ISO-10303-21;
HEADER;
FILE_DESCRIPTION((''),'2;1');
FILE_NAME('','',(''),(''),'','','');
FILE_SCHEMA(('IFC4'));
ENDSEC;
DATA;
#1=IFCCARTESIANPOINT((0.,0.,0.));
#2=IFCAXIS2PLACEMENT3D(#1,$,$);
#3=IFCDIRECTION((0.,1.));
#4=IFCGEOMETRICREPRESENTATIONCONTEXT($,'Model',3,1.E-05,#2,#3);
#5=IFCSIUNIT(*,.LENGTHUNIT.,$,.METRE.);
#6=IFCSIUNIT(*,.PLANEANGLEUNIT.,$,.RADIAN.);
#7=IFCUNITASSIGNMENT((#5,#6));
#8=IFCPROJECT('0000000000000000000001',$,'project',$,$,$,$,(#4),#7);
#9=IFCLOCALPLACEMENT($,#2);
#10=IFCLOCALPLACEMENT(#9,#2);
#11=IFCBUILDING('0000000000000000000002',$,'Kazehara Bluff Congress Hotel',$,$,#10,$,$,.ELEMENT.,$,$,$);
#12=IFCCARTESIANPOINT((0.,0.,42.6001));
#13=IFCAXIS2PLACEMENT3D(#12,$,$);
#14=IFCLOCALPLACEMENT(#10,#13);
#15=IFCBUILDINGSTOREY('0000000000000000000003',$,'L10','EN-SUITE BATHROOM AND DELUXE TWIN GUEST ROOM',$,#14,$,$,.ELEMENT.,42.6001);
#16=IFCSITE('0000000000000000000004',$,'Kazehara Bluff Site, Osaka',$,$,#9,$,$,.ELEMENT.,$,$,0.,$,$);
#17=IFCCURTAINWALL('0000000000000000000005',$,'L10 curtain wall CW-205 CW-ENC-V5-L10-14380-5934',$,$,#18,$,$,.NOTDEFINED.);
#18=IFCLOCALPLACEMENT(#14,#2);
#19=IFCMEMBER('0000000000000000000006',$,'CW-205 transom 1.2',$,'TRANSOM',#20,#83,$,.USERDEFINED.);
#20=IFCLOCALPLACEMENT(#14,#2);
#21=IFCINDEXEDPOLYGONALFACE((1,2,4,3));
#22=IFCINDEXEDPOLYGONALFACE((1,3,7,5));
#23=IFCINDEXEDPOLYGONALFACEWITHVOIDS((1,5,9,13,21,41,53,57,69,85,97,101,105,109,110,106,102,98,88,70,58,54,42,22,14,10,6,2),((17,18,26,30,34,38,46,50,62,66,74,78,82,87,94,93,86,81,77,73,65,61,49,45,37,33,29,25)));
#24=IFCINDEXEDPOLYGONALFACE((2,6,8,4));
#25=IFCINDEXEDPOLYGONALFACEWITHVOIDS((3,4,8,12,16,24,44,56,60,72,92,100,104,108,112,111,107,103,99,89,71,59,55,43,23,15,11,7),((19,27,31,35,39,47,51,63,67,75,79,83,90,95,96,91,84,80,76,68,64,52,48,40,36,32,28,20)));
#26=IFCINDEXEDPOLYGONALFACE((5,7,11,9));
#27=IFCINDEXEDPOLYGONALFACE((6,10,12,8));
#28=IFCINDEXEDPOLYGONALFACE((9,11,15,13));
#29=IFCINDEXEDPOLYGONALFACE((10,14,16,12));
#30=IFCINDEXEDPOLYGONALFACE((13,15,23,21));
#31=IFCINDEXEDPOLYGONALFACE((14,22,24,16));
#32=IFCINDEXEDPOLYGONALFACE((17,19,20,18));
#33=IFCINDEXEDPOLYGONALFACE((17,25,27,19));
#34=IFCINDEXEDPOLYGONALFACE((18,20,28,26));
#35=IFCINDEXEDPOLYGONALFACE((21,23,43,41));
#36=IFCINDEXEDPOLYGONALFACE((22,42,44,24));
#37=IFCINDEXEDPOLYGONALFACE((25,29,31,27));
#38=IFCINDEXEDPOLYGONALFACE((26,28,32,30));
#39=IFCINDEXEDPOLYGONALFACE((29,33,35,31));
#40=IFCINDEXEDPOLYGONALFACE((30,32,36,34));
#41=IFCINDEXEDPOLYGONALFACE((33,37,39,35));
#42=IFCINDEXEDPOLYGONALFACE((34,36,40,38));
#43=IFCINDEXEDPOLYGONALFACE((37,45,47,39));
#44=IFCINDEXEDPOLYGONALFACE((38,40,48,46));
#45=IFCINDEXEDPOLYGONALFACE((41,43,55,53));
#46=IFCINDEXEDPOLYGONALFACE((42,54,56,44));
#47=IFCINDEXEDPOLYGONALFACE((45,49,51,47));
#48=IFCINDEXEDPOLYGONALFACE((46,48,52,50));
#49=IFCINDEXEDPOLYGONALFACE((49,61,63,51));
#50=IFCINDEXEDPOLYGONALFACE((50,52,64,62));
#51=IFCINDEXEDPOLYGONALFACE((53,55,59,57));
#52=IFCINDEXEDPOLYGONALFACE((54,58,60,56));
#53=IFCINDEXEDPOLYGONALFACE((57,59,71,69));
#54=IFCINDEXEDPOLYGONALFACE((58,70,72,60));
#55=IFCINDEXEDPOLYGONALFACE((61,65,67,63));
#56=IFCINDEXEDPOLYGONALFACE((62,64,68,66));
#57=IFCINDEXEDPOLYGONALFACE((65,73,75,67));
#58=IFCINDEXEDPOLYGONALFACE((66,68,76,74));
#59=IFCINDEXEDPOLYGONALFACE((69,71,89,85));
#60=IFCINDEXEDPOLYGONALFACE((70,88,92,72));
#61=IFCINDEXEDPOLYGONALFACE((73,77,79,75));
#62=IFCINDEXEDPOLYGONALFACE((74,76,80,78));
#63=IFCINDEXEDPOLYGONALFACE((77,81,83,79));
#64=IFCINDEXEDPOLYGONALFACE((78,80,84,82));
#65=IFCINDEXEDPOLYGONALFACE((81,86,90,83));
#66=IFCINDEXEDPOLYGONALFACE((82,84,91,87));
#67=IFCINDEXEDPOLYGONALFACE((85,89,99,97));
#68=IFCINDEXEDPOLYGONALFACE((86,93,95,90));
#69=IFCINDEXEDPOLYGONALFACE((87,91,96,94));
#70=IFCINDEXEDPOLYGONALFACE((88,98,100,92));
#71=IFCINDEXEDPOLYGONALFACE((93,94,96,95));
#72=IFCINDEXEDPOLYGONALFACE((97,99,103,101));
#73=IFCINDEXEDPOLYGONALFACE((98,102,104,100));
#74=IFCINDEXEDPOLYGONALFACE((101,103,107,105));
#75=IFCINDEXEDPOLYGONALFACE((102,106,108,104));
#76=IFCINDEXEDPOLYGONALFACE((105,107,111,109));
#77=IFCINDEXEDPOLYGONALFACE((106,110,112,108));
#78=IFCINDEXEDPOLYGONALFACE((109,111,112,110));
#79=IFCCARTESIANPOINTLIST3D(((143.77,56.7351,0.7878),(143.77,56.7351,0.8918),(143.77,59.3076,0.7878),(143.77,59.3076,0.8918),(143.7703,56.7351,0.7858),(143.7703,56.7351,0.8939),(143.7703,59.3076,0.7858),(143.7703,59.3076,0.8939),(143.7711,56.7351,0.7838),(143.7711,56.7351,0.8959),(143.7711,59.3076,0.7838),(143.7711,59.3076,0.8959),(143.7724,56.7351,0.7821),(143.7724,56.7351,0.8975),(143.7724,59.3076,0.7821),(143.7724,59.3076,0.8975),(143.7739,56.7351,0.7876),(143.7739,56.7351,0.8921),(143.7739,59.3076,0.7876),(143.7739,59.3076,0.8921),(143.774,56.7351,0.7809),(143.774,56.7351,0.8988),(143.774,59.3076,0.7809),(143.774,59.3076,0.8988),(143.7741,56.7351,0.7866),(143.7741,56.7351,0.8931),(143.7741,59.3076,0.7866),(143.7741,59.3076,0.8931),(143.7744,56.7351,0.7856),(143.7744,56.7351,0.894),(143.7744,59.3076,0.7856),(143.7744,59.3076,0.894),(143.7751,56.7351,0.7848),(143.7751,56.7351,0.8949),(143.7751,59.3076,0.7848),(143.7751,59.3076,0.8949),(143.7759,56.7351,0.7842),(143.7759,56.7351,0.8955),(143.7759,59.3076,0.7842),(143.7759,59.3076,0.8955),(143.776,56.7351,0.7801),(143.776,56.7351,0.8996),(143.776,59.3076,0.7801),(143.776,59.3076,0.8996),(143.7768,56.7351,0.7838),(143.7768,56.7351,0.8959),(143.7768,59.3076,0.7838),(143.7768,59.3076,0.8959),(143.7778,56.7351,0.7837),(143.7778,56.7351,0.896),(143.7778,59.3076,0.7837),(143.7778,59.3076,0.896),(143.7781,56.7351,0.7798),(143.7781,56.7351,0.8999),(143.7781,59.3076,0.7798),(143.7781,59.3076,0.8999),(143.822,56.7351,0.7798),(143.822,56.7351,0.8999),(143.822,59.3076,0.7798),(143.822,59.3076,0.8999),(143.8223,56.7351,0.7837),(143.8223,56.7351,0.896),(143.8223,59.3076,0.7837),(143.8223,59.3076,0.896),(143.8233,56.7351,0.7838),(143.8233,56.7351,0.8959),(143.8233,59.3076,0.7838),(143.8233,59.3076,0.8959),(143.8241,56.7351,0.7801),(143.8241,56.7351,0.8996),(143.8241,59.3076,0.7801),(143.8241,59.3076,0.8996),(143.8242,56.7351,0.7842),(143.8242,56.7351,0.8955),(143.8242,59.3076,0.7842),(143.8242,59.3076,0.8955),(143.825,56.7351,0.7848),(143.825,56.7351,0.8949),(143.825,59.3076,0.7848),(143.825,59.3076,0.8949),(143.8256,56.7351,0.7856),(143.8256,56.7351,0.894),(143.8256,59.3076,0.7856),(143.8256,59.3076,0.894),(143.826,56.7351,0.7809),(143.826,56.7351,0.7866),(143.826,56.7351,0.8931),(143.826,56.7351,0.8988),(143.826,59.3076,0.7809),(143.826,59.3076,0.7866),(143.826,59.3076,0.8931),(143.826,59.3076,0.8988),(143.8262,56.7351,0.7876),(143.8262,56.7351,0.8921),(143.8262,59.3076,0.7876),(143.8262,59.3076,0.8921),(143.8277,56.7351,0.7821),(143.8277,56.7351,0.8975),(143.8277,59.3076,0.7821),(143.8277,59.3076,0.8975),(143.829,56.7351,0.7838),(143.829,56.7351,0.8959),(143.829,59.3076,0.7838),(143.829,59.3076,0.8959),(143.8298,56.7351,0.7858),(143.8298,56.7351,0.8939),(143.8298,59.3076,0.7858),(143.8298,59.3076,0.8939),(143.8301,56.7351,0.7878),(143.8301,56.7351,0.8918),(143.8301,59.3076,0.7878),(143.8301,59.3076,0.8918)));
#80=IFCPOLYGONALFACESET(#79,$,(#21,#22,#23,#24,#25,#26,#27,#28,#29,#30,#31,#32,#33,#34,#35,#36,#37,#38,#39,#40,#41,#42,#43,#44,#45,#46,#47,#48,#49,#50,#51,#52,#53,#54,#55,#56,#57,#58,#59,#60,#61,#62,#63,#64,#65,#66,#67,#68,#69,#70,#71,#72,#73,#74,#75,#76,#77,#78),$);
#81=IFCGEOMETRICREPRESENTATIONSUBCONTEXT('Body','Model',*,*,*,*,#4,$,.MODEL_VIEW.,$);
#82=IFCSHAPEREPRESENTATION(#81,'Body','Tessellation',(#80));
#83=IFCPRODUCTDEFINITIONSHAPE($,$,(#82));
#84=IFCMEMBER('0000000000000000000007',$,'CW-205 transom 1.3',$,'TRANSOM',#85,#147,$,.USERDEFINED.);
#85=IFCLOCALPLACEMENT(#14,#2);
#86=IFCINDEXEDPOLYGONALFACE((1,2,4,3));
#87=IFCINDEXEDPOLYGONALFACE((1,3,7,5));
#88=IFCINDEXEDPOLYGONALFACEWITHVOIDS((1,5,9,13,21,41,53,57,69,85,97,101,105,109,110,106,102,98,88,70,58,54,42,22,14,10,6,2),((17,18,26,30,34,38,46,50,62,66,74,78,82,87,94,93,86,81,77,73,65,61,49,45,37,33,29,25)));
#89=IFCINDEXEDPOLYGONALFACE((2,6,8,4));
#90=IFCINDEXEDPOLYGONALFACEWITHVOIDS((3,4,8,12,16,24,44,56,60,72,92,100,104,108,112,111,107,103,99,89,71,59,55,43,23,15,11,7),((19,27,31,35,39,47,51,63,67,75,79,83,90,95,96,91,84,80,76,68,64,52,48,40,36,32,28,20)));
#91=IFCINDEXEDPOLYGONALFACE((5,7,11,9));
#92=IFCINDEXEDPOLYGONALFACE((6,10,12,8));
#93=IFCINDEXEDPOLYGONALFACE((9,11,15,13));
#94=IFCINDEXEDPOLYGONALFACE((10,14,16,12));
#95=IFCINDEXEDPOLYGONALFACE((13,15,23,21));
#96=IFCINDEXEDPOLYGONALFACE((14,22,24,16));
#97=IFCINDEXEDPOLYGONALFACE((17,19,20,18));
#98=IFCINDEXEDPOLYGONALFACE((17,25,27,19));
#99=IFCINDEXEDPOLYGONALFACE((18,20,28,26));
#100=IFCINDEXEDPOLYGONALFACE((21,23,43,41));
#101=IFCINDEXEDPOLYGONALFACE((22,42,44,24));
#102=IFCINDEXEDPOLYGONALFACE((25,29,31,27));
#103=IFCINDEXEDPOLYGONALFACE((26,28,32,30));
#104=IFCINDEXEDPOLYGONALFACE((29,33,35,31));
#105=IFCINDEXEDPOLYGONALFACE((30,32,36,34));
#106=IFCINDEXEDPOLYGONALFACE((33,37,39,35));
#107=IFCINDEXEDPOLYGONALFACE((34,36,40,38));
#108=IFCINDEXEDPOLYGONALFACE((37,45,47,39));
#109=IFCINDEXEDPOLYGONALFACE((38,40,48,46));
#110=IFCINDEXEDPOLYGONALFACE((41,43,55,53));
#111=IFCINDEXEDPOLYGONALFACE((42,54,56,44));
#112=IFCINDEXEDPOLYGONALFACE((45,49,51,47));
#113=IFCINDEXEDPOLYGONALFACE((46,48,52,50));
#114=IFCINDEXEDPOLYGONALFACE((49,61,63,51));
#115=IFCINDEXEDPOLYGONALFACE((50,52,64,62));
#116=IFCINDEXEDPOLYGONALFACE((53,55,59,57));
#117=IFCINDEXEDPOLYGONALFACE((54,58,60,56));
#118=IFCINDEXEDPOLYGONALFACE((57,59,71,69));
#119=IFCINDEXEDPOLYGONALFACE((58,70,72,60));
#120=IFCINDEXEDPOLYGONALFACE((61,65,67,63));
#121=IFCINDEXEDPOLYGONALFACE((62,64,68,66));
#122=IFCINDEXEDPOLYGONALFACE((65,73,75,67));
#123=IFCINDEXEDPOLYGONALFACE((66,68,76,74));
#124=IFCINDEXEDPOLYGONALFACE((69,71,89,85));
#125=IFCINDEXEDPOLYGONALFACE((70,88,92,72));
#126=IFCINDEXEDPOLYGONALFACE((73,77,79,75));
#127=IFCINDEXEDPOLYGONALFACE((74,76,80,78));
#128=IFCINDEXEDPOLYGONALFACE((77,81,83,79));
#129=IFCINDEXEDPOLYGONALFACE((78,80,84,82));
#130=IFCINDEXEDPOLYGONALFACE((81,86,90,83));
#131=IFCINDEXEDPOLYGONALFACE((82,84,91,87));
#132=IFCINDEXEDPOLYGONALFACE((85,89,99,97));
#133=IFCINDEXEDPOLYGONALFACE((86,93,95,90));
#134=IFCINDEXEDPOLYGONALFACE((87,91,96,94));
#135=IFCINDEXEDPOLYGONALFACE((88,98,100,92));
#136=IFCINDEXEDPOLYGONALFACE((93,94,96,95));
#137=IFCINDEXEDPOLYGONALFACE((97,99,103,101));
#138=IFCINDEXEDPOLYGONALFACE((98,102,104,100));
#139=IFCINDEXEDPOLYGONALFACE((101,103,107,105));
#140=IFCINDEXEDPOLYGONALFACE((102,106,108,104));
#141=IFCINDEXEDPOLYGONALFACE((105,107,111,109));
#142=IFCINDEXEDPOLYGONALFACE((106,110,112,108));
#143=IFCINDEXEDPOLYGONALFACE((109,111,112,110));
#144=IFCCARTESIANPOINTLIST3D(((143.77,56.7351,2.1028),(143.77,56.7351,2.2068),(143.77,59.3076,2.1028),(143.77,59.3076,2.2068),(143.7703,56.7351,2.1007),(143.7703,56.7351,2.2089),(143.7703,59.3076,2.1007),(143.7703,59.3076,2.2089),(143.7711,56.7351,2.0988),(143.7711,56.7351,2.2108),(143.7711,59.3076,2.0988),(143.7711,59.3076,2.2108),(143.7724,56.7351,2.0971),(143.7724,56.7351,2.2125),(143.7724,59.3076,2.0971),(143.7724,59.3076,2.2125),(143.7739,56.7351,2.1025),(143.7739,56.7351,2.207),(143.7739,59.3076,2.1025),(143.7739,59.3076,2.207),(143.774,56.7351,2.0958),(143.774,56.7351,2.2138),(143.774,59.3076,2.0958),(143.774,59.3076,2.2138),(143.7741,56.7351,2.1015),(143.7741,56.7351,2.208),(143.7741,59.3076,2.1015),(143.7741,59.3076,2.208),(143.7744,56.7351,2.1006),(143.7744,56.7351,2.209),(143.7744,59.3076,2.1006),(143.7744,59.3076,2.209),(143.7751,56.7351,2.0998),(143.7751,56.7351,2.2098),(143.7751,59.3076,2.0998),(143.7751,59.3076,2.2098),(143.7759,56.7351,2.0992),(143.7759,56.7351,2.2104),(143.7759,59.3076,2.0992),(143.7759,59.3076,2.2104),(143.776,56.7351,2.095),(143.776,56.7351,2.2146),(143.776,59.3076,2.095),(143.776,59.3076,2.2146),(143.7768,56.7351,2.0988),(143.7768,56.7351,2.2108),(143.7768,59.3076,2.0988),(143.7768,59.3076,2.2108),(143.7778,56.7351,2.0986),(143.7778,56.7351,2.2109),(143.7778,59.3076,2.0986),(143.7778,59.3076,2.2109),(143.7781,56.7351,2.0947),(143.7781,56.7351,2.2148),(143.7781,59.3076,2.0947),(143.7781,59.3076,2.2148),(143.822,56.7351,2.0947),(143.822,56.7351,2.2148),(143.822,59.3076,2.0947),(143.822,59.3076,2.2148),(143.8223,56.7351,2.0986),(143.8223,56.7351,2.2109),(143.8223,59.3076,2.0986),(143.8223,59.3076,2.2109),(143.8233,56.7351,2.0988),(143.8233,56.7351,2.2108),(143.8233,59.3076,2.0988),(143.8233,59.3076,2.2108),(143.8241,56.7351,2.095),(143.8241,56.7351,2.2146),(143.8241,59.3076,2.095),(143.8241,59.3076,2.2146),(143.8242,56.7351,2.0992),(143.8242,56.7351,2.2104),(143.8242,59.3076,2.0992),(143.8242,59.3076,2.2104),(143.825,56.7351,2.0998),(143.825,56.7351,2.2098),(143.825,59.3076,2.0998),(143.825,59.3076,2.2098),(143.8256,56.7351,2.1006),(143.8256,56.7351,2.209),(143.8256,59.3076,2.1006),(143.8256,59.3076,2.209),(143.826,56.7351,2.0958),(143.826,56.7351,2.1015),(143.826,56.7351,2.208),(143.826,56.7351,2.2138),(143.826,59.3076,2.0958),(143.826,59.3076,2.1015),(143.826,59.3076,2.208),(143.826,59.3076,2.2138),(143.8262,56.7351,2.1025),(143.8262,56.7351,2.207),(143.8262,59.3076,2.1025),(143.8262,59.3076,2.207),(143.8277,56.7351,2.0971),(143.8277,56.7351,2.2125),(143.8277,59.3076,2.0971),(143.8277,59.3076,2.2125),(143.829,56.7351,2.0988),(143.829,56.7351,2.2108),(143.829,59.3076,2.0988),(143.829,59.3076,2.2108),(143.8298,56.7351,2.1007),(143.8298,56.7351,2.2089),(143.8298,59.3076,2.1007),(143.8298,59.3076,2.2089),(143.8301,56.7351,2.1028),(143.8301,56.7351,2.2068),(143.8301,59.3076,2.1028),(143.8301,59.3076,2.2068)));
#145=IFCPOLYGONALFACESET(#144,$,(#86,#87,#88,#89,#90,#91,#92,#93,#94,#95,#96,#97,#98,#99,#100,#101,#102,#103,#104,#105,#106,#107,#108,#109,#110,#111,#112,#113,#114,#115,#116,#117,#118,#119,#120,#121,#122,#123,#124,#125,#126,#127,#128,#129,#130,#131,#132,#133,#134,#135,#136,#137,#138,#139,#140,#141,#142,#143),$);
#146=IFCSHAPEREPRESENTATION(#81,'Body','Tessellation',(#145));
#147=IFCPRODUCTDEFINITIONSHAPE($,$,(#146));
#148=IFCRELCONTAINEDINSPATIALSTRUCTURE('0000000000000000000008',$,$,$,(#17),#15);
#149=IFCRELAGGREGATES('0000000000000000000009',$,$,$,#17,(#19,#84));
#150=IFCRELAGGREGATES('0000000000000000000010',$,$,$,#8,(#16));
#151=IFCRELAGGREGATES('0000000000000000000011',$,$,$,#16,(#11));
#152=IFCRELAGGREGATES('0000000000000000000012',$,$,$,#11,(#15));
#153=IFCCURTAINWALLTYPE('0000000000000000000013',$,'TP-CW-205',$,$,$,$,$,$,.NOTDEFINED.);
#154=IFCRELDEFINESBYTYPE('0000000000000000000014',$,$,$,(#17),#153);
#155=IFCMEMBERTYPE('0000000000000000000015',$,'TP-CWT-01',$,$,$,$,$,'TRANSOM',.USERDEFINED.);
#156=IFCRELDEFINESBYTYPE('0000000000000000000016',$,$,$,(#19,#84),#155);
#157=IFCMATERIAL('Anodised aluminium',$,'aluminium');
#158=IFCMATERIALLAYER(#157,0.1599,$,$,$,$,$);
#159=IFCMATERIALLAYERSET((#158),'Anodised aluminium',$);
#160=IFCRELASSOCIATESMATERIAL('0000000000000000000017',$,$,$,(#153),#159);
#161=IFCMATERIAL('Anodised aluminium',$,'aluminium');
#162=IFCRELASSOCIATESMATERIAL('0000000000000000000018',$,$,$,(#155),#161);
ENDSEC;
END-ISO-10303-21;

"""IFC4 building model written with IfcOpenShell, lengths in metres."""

from ifc_helpers import new_model, si_unit, direction, frame, origin, origin_2d, place, context, subcontext, project, spatial, hollow_rectangle, extrude, material, layer, layer_set, material_profile, profile_set, type_object, element, aggregate, save


model = new_model("IFC4")

# Units and contexts
model_context = context("Model", 3, precision=1e-05, world=origin(), true_north=direction((0.0, 1.0)))
body_context = subcontext(model_context, "Body", "Model", "MODEL_VIEW")
ifc_project = project(units=[si_unit("LENGTHUNIT", "METRE"), si_unit("PLANEANGLEUNIT", "RADIAN")], contexts=[model_context])

# Site, building, storey
site_placement = place(None, origin())
site = spatial("IfcSite", under=ifc_project, at=site_placement, Name="Kazehara Bluff Site, Osaka", CompositionType="ELEMENT", RefElevation=0.0)
building_placement = place(site_placement, origin())
building = spatial("IfcBuilding", under=site, at=building_placement, Name="Kazehara Bluff Congress Hotel", CompositionType="ELEMENT")
storey_placement = place(building_placement, frame((0.0, 0.0, 42.6001)))
storey = spatial("IfcBuildingStorey", under=building, at=storey_placement, Name="L10", Description="EN-SUITE BATHROOM AND DELUXE TWIN GUEST ROOM", CompositionType="ELEMENT", Elevation=42.6001)

# Curtain wall
ifc_material_1 = material(Name="Anodised aluminium", Category="aluminium")
ifc_layer_1 = layer(ifc_material_1, 0.1599)
ifc_layer_set_1 = layer_set([ifc_layer_1], Name="Anodised aluminium")
curtain_wall_type_1 = type_object("IfcCurtainWallType", Name="TP-CW-205", PredefinedType="NOTDEFINED", material=ifc_layer_set_1)
curtain_wall_1_placement = place(storey_placement, origin())
curtain_wall_1 = element("IfcCurtainWall", 1, at=curtain_wall_1_placement, inside=storey, type_object=curtain_wall_type_1, Name="L10 curtain wall CW-205 CW-ENC-V5-L10-14380-5934", PredefinedType="NOTDEFINED")

# Members
ifc_material_2 = material(Name="Anodised aluminium", Category="aluminium")
ifc_material_profile_1 = material_profile(ifc_material_2, hollow_rectangle(XDim=0.0601, YDim=0.1201, WallThickness=0.0039, InnerFilletRadius=0.0039, OuterFilletRadius=0.0081, at=origin_2d()))
ifc_profile_set_1 = profile_set([ifc_material_profile_1], Name="Anodised aluminium")
member_type_1 = type_object("IfcMemberType", Name="TP-CWT-01", ElementType="TRANSOM", PredefinedType="USERDEFINED", material=ifc_profile_set_1)
member_1_placement = place(storey_placement, frame((143.8, 56.7351, 0.8398), z_axis=(0.0, 1.0, 0.0), x_axis=(-1.0, 0.0, 0.0)))
member_1 = element("IfcMember", 2, at=member_1_placement, type_object=member_type_1, Name="CW-205 transom 1.2", ObjectType="TRANSOM", PredefinedType="USERDEFINED", context=body_context, shape_type="SweptSolid", body=[
    extrude(hollow_rectangle(XDim=0.0601, YDim=0.1201, WallThickness=0.0039, InnerFilletRadius=0.0039, OuterFilletRadius=0.0081, at=origin_2d()), origin(), (0.0, 0.0, 1.0), 2.5725),
])
member_2_placement = place(storey_placement, frame((143.8, 56.7351, 2.1548), z_axis=(0.0, 1.0, 0.0), x_axis=(-1.0, 0.0, 0.0)))
member_2 = element("IfcMember", 3, at=member_2_placement, type_object=member_type_1, Name="CW-205 transom 1.3", ObjectType="TRANSOM", PredefinedType="USERDEFINED", context=body_context, shape_type="SweptSolid", body=[
    extrude(hollow_rectangle(XDim=0.0601, YDim=0.1201, WallThickness=0.0039, InnerFilletRadius=0.0039, OuterFilletRadius=0.0081, at=origin_2d()), origin(), (0.0, 0.0, 1.0), 2.5725),
])

aggregate(curtain_wall_1, [member_1, member_2])

save(model, "model.ifc")
